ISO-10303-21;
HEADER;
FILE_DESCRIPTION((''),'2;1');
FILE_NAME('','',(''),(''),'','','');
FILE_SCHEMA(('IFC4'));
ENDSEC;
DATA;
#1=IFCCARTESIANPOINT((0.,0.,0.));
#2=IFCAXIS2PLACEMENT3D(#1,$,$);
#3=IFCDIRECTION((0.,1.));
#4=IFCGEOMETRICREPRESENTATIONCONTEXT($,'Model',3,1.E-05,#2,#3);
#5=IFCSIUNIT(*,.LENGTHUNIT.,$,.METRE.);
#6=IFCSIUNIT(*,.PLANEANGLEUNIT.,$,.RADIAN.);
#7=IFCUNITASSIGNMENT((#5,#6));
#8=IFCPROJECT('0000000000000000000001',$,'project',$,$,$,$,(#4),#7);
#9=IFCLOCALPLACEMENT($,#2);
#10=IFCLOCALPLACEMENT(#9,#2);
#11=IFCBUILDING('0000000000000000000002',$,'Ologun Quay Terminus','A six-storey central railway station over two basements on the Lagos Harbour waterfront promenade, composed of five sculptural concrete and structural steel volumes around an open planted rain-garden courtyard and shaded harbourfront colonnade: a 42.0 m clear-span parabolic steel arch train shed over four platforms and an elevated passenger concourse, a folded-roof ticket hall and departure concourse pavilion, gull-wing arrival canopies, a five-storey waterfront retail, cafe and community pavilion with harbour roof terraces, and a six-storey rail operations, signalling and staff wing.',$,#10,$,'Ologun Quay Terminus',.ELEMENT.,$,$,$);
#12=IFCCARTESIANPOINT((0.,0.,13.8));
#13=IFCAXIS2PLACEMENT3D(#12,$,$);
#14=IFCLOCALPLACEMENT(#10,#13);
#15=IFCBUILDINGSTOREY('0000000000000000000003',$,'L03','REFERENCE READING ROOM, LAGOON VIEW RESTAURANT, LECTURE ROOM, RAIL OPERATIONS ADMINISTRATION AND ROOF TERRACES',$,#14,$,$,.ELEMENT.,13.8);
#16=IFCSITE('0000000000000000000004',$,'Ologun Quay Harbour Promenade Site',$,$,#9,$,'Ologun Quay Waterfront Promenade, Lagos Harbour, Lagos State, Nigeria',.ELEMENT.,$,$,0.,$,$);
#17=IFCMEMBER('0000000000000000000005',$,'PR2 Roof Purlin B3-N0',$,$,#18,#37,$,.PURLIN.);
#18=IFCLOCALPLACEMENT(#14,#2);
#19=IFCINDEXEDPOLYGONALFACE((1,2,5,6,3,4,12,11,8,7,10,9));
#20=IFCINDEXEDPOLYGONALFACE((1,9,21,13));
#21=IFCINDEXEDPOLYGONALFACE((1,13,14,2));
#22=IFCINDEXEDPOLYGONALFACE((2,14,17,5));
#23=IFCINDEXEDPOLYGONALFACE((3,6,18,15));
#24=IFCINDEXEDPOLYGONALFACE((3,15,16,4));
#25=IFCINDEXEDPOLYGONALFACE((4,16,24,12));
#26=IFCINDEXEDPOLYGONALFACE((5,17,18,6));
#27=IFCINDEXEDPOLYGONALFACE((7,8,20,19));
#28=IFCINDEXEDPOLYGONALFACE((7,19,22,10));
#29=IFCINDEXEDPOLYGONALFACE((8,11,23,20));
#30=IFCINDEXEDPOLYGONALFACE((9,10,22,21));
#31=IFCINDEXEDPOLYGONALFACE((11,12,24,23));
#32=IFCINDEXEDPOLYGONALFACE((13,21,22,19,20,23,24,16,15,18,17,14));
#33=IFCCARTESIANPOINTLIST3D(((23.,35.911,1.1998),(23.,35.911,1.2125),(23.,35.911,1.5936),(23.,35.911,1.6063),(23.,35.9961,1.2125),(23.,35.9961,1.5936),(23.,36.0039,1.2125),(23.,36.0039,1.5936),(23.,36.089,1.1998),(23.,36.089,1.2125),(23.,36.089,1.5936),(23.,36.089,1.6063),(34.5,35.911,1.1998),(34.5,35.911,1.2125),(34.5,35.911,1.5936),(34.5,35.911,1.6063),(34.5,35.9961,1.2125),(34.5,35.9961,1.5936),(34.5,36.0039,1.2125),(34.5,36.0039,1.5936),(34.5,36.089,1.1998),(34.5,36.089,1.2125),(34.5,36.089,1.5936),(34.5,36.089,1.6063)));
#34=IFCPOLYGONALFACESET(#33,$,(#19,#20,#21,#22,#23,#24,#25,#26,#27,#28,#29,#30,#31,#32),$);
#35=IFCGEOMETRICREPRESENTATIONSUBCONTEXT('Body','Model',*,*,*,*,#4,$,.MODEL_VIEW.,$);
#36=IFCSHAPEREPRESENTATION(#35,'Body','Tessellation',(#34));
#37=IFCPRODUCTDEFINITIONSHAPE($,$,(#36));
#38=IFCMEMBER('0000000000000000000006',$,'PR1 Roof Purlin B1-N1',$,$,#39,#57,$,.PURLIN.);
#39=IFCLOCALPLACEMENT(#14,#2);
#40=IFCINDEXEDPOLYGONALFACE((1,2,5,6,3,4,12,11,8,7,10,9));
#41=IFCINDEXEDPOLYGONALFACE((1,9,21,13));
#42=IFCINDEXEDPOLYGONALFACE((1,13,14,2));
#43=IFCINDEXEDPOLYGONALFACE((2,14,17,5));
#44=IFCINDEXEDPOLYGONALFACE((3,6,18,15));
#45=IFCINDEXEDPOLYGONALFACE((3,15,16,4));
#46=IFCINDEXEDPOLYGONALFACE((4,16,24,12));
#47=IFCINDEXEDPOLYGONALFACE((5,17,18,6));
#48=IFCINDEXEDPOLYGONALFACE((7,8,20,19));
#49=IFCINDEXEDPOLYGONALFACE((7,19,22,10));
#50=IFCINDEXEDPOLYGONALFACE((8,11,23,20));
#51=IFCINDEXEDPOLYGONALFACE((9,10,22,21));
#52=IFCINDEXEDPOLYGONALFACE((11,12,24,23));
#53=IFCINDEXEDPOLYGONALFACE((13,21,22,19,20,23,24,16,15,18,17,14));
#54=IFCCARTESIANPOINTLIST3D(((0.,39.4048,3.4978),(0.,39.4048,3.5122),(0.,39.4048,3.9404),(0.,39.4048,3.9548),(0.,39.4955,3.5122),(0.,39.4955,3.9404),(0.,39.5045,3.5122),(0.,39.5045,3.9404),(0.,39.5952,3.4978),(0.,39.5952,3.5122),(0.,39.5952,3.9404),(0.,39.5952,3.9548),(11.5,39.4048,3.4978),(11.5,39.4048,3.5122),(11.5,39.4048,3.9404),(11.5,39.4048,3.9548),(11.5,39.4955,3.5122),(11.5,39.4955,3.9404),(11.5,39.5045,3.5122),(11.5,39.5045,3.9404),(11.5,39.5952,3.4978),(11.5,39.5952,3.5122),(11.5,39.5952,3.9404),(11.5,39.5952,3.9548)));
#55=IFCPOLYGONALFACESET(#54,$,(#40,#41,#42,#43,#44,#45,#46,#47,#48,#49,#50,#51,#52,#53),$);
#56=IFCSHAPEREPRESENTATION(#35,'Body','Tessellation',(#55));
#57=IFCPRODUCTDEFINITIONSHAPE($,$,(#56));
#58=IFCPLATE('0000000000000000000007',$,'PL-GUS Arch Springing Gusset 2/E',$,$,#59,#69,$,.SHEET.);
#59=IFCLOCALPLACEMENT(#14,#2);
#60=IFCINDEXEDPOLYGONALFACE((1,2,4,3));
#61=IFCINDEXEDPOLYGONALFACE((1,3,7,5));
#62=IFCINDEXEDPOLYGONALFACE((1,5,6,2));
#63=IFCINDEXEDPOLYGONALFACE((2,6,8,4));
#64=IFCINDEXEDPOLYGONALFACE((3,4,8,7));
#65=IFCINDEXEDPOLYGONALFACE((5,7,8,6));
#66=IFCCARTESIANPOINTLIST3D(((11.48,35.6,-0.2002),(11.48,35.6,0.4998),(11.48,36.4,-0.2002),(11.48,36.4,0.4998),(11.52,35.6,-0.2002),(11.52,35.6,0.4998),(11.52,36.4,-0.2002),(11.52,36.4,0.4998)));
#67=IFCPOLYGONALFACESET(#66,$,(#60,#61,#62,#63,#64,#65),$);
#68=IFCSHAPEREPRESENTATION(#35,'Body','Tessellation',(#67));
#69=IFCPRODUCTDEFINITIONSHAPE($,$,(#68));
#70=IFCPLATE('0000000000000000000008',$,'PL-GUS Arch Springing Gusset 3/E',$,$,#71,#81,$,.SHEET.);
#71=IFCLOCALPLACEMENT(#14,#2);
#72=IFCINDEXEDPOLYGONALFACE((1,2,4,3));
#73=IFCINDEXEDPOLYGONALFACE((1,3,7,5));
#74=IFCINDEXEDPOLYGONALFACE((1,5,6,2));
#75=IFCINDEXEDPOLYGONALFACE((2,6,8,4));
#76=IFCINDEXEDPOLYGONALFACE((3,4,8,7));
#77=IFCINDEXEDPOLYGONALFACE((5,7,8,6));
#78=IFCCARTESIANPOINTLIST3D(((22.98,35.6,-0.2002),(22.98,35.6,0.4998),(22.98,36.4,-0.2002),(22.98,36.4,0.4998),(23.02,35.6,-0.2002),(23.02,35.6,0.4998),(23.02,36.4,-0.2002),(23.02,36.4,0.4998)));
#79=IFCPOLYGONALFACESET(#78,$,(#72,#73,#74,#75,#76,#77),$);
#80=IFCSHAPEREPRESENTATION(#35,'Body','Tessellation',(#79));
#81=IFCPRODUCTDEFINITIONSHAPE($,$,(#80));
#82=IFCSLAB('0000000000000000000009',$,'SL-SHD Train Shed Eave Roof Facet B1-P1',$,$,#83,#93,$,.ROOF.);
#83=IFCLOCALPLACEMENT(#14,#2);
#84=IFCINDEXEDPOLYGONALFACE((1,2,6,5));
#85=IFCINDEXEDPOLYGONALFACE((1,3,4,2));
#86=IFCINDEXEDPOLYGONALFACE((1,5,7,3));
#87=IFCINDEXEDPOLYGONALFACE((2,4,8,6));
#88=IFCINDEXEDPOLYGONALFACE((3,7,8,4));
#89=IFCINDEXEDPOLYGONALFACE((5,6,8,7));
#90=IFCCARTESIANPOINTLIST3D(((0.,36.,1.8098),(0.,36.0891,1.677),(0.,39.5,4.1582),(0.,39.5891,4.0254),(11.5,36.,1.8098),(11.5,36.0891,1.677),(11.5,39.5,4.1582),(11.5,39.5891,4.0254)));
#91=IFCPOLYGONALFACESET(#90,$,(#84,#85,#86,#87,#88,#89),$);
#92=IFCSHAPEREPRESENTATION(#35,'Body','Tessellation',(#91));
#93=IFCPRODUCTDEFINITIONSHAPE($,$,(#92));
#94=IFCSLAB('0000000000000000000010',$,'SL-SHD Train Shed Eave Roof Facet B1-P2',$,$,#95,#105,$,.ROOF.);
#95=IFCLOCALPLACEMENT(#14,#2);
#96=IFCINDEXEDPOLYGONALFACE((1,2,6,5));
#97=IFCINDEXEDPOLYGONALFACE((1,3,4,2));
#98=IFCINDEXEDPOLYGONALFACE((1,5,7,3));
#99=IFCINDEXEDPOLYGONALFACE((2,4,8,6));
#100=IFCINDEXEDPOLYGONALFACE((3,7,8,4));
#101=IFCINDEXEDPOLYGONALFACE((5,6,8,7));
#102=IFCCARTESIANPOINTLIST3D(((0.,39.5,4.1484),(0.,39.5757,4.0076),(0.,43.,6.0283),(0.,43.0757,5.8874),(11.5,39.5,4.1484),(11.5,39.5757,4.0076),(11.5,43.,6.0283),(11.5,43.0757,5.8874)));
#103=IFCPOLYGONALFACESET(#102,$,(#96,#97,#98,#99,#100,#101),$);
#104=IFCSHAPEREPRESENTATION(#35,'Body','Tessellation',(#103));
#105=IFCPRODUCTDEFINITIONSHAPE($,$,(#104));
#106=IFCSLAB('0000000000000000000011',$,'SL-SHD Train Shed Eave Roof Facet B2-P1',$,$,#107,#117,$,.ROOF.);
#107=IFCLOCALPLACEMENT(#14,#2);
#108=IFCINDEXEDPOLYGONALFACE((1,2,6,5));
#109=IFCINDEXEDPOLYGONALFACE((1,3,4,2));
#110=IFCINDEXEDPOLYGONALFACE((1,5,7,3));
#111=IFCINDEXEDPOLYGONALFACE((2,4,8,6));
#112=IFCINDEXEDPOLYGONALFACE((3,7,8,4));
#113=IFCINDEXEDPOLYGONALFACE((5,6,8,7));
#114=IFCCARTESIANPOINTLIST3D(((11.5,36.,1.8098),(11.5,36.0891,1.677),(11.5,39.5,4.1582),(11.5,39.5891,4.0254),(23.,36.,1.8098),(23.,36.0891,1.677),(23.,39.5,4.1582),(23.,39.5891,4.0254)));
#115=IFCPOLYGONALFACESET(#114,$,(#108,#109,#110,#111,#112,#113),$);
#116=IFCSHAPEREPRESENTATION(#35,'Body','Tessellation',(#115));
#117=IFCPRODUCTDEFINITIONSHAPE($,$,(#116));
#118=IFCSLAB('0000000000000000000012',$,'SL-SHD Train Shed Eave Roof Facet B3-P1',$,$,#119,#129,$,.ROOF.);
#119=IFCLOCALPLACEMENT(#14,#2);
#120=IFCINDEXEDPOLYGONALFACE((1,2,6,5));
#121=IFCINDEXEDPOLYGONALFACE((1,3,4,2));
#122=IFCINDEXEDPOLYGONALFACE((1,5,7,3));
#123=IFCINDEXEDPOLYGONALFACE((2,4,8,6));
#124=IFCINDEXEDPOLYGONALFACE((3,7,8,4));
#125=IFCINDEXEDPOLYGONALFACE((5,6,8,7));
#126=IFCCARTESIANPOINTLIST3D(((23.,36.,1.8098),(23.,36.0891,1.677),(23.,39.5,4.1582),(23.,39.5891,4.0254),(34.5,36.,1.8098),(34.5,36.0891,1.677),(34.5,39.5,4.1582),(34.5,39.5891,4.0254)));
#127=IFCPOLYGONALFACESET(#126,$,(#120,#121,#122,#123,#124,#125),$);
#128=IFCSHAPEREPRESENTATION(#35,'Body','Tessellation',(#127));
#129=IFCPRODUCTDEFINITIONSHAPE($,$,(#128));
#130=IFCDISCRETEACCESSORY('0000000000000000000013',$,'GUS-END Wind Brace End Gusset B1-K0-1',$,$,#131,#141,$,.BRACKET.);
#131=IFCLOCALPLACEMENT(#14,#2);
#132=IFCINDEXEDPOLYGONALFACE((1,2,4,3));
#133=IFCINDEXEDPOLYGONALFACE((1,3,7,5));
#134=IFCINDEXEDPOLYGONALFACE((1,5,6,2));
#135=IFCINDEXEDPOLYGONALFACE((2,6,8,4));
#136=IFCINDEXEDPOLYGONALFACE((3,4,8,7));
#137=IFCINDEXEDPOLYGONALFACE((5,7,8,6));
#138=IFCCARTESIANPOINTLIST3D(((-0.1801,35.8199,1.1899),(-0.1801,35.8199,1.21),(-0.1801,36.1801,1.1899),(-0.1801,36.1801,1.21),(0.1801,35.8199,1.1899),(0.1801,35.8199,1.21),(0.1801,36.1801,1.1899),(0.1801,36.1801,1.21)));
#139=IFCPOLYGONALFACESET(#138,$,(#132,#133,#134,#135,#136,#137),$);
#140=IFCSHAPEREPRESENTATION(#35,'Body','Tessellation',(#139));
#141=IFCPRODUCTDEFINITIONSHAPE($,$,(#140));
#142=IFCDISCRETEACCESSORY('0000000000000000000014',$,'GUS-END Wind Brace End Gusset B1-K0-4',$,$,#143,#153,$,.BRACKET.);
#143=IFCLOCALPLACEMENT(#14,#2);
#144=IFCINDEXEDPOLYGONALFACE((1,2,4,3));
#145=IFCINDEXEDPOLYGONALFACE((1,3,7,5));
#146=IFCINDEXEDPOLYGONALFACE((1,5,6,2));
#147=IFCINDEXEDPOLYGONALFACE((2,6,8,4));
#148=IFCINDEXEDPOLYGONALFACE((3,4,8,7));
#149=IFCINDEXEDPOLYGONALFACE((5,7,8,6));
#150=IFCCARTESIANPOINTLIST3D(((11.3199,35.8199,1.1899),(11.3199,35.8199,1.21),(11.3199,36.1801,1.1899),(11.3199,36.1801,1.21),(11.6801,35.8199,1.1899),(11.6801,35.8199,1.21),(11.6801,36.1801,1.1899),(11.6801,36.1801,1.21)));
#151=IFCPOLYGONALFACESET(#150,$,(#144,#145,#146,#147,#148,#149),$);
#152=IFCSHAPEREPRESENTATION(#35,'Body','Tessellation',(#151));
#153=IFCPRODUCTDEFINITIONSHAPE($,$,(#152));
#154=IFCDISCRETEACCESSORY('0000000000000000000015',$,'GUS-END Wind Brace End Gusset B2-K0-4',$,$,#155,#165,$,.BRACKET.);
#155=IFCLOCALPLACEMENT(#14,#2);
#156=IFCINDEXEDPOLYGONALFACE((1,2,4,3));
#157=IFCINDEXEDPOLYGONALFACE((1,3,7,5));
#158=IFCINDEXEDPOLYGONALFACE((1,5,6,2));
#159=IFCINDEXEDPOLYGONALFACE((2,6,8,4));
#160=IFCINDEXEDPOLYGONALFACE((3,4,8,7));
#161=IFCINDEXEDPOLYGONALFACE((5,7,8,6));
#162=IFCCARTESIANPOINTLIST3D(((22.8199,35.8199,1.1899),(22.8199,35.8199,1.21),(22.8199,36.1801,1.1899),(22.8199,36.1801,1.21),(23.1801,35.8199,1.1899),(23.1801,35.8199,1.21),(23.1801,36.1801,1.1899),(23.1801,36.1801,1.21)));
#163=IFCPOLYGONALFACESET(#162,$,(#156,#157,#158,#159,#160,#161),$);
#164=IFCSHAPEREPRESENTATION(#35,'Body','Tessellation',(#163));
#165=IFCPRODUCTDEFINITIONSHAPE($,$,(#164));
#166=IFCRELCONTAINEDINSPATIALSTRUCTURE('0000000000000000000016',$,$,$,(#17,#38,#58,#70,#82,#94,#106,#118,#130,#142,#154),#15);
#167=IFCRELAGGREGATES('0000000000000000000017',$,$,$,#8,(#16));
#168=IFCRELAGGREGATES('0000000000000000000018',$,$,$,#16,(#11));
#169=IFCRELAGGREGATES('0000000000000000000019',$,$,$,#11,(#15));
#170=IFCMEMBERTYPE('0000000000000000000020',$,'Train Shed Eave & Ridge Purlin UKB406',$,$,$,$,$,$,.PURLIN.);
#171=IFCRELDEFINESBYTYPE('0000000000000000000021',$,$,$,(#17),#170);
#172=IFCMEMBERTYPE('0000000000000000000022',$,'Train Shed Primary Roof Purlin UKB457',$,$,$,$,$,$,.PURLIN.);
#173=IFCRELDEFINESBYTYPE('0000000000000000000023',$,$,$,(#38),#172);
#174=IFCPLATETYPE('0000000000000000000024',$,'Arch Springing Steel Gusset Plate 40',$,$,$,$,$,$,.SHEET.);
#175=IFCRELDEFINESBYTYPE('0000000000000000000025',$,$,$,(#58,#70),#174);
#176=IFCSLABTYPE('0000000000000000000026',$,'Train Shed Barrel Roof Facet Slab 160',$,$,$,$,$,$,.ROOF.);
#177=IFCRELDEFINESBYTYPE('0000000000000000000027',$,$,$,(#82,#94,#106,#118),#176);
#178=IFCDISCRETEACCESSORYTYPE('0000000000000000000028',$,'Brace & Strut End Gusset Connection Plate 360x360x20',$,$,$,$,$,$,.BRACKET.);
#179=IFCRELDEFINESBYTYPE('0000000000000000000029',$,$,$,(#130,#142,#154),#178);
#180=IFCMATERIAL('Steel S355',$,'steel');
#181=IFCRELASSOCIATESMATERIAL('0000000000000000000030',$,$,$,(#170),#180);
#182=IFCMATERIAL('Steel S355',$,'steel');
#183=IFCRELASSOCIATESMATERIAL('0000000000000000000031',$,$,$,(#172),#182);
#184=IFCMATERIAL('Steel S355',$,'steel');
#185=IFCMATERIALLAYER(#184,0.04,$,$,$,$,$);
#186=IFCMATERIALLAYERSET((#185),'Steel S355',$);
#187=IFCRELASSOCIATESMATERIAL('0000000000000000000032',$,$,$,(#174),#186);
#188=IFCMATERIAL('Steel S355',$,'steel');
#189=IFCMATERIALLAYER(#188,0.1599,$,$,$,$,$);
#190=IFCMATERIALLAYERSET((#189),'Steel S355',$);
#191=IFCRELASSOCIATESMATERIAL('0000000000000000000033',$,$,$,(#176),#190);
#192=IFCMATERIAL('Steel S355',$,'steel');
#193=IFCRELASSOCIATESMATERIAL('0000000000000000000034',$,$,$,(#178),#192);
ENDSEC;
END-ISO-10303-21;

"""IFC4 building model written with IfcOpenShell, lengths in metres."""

from ifc_helpers import new_model, si_unit, direction, frame, origin, origin_2d, place, context, subcontext, project, spatial, polyline, rectangle, i_section, outline, extrude, material, layer, layer_set, material_profile, profile_set, type_object, element, save


model = new_model("IFC4")

# Units and contexts
model_context = context("Model", 3, precision=1e-05, world=origin(), true_north=direction((0.0, 1.0)))
body_context = subcontext(model_context, "Body", "Model", "MODEL_VIEW")
ifc_project = project(units=[si_unit("LENGTHUNIT", "METRE"), si_unit("PLANEANGLEUNIT", "RADIAN")], contexts=[model_context])

# Site, building, storey
site_placement = place(None, origin())
site = spatial("IfcSite", under=ifc_project, at=site_placement, Name="Ologun Quay Harbour Promenade Site", LongName="Ologun Quay Waterfront Promenade, Lagos Harbour, Lagos State, Nigeria", CompositionType="ELEMENT", RefElevation=0.0)
building_placement = place(site_placement, origin())
building = spatial("IfcBuilding", under=site, at=building_placement, Name="Ologun Quay Terminus", Description="A six-storey central railway station over two basements on the Lagos Harbour waterfront promenade, composed of five sculptural concrete and structural steel volumes around an open planted rain-garden courtyard and shaded harbourfront colonnade: a 42.0 m clear-span parabolic steel arch train shed over four platforms and an elevated passenger concourse, a folded-roof ticket hall and departure concourse pavilion, gull-wing arrival canopies, a five-storey waterfront retail, cafe and community pavilion with harbour roof terraces, and a six-storey rail operations, signalling and staff wing.", LongName="Ologun Quay Terminus", CompositionType="ELEMENT")
storey_placement = place(building_placement, frame((0.0, 0.0, 13.8)))
storey = spatial("IfcBuildingStorey", under=building, at=storey_placement, Name="L03", Description="REFERENCE READING ROOM, LAGOON VIEW RESTAURANT, LECTURE ROOM, RAIL OPERATIONS ADMINISTRATION AND ROOF TERRACES", CompositionType="ELEMENT", Elevation=13.8)

# Members
ifc_material_1 = material(Name="Steel S355", Category="steel")
ifc_material_profile_1 = material_profile(ifc_material_1, i_section(OverallWidth=0.178, OverallDepth=0.4065, WebThickness=0.0078, FlangeThickness=0.0127, at=origin_2d()), Name="UKB 406x178x60")
ifc_profile_set_1 = profile_set([ifc_material_profile_1], Name="Steel S355")
member_type_1 = type_object("IfcMemberType", Name="Train Shed Eave & Ridge Purlin UKB406", PredefinedType="PURLIN", material=ifc_profile_set_1)
for number, where, z_axis, x_axis, name in (
    (1, (23.0, 36.0, 1.4031), (1.0, 0.0, 0.0), (0.0, 1.0, 0.0), "PR2 Roof Purlin B3-N0"),
):
    element("IfcMember", number, at=place(storey_placement, frame(where, z_axis=z_axis, x_axis=x_axis)), inside=storey, type_object=member_type_1, Name=name, PredefinedType="PURLIN", context=body_context, shape_type="SweptSolid", body=[
        extrude(i_section(OverallWidth=0.178, OverallDepth=0.4065, WebThickness=0.0078, FlangeThickness=0.0127, at=origin_2d()), origin(), (0.0, 0.0, 1.0), 11.5),
    ])
ifc_material_2 = material(Name="Steel S355", Category="steel")
ifc_material_profile_2 = material_profile(ifc_material_2, i_section(OverallWidth=0.1904, OverallDepth=0.457, WebThickness=0.009, FlangeThickness=0.0144, at=origin_2d()), Name="UKB 457x191x74")
ifc_profile_set_2 = profile_set([ifc_material_profile_2], Name="Steel S355")
member_type_2 = type_object("IfcMemberType", Name="Train Shed Primary Roof Purlin UKB457", PredefinedType="PURLIN", material=ifc_profile_set_2)
member_1_placement = place(storey_placement, frame((0.0, 39.5, 3.7263), z_axis=(1.0, 0.0, 0.0), x_axis=(0.0, 1.0, 0.0)))
element("IfcMember", 2, at=member_1_placement, inside=storey, type_object=member_type_2, Name="PR1 Roof Purlin B1-N1", PredefinedType="PURLIN", context=body_context, shape_type="SweptSolid", body=[
    extrude(i_section(OverallWidth=0.1904, OverallDepth=0.457, WebThickness=0.009, FlangeThickness=0.0144, at=origin_2d()), origin(), (0.0, 0.0, 1.0), 11.5),
])

# Plates
ifc_material_3 = material(Name="Steel S355", Category="steel")
ifc_layer_1 = layer(ifc_material_3, 0.04)
ifc_layer_set_1 = layer_set([ifc_layer_1], Name="Steel S355")
plate_type = type_object("IfcPlateType", Name="Arch Springing Steel Gusset Plate 40", PredefinedType="SHEET", material=ifc_layer_set_1)
for number, where, z_axis, x_axis, name in (
    (3, (11.5, 36.0, -0.2002), (0.0, 0.0, 1.0), (0.0, 1.0, 0.0), "PL-GUS Arch Springing Gusset 2/E"),
    (4, (23.0, 36.0, -0.2002), (0.0, 0.0, 1.0), (0.0, 1.0, 0.0), "PL-GUS Arch Springing Gusset 3/E"),
):
    element("IfcPlate", number, at=place(storey_placement, frame(where, z_axis=z_axis, x_axis=x_axis)), inside=storey, type_object=plate_type, Name=name, PredefinedType="SHEET", context=body_context, shape_type="SweptSolid", body=[
        extrude(rectangle(XDim=0.8, YDim=0.04, at=origin_2d()), origin(), (0.0, 0.0, 1.0), 0.7),
    ])

# Slabs
ifc_material_4 = material(Name="Steel S355", Category="steel")
ifc_layer_2 = layer(ifc_material_4, 0.1599)
ifc_layer_set_2 = layer_set([ifc_layer_2], Name="Steel S355")
slab_type = type_object("IfcSlabType", Name="Train Shed Barrel Roof Facet Slab 160", PredefinedType="ROOF", material=ifc_layer_set_2)
slab_1_placement = place(storey_placement, frame((0.0, 36.0, 1.8098), z_axis=(0.0, -0.557171, 0.830398), x_axis=(1.0, 0.0, 0.0)))
element("IfcSlab", 5, at=slab_1_placement, inside=storey, type_object=slab_type, Name="SL-SHD Train Shed Eave Roof Facet B1-P1", PredefinedType="ROOF", context=body_context, shape_type="SweptSolid", body=[
    extrude(outline(polyline([(0.0, 0.0), (11.5, 0.0), (11.5, 4.2148), (0.0, 4.2148), (0.0, 0.0)])), origin(), (0.0, 0.0, -1.0), 0.1599),
])
slab_2_placement = place(storey_placement, frame((0.0, 39.5, 4.1484), z_axis=(0.0, -0.473176, 0.880968), x_axis=(1.0, 0.0, 0.0)))
element("IfcSlab", 6, at=slab_2_placement, inside=storey, type_object=slab_type, Name="SL-SHD Train Shed Eave Roof Facet B1-P2", PredefinedType="ROOF", context=body_context, shape_type="SweptSolid", body=[
    extrude(outline(polyline([(0.0, 0.0), (11.5, 0.0), (11.5, 3.9729), (0.0, 3.9729), (0.0, 0.0)])), origin(), (0.0, 0.0, -1.0), 0.1599),
])
for number, where, z_axis, x_axis, name in (
    (7, (11.5, 36.0, 1.8098), (0.0, -0.557171, 0.830398), (1.0, 0.0, 0.0), "SL-SHD Train Shed Eave Roof Facet B2-P1"),
    (8, (23.0, 36.0, 1.8098), (0.0, -0.557171, 0.830398), (1.0, 0.0, 0.0), "SL-SHD Train Shed Eave Roof Facet B3-P1"),
):
    element("IfcSlab", number, at=place(storey_placement, frame(where, z_axis=z_axis, x_axis=x_axis)), inside=storey, type_object=slab_type, Name=name, PredefinedType="ROOF", context=body_context, shape_type="SweptSolid", body=[
        extrude(outline(polyline([(0.0, 0.0), (11.5, 0.0), (11.5, 4.2148), (0.0, 4.2148), (0.0, 0.0)])), origin(), (0.0, 0.0, -1.0), 0.1599),
    ])

# Discrete accessories
ifc_material_5 = material(Name="Steel S355", Category="steel")
discrete_accessory_type = type_object("IfcDiscreteAccessoryType", Name="Brace & Strut End Gusset Connection Plate 360x360x20", PredefinedType="BRACKET", material=ifc_material_5)
for number, where, z_axis, x_axis, name in (
    (9, (0.0, 36.0, 1.1899), (0.0, 0.0, 1.0), (1.0, 0.0, 0.0), "GUS-END Wind Brace End Gusset B1-K0-1"),
    (10, (11.5, 36.0, 1.1899), (0.0, 0.0, 1.0), (1.0, 0.0, 0.0), "GUS-END Wind Brace End Gusset B1-K0-4"),
    (11, (23.0, 36.0, 1.1899), (0.0, 0.0, 1.0), (1.0, 0.0, 0.0), "GUS-END Wind Brace End Gusset B2-K0-4"),
):
    element("IfcDiscreteAccessory", number, at=place(storey_placement, frame(where, z_axis=z_axis, x_axis=x_axis)), inside=storey, type_object=discrete_accessory_type, Name=name, PredefinedType="BRACKET", context=body_context, shape_type="SweptSolid", body=[
        extrude(rectangle(XDim=0.3601, YDim=0.3601, at=origin_2d()), origin(), (0.0, 0.0, 1.0), 0.02),
    ])

save(model, "model.ifc")
